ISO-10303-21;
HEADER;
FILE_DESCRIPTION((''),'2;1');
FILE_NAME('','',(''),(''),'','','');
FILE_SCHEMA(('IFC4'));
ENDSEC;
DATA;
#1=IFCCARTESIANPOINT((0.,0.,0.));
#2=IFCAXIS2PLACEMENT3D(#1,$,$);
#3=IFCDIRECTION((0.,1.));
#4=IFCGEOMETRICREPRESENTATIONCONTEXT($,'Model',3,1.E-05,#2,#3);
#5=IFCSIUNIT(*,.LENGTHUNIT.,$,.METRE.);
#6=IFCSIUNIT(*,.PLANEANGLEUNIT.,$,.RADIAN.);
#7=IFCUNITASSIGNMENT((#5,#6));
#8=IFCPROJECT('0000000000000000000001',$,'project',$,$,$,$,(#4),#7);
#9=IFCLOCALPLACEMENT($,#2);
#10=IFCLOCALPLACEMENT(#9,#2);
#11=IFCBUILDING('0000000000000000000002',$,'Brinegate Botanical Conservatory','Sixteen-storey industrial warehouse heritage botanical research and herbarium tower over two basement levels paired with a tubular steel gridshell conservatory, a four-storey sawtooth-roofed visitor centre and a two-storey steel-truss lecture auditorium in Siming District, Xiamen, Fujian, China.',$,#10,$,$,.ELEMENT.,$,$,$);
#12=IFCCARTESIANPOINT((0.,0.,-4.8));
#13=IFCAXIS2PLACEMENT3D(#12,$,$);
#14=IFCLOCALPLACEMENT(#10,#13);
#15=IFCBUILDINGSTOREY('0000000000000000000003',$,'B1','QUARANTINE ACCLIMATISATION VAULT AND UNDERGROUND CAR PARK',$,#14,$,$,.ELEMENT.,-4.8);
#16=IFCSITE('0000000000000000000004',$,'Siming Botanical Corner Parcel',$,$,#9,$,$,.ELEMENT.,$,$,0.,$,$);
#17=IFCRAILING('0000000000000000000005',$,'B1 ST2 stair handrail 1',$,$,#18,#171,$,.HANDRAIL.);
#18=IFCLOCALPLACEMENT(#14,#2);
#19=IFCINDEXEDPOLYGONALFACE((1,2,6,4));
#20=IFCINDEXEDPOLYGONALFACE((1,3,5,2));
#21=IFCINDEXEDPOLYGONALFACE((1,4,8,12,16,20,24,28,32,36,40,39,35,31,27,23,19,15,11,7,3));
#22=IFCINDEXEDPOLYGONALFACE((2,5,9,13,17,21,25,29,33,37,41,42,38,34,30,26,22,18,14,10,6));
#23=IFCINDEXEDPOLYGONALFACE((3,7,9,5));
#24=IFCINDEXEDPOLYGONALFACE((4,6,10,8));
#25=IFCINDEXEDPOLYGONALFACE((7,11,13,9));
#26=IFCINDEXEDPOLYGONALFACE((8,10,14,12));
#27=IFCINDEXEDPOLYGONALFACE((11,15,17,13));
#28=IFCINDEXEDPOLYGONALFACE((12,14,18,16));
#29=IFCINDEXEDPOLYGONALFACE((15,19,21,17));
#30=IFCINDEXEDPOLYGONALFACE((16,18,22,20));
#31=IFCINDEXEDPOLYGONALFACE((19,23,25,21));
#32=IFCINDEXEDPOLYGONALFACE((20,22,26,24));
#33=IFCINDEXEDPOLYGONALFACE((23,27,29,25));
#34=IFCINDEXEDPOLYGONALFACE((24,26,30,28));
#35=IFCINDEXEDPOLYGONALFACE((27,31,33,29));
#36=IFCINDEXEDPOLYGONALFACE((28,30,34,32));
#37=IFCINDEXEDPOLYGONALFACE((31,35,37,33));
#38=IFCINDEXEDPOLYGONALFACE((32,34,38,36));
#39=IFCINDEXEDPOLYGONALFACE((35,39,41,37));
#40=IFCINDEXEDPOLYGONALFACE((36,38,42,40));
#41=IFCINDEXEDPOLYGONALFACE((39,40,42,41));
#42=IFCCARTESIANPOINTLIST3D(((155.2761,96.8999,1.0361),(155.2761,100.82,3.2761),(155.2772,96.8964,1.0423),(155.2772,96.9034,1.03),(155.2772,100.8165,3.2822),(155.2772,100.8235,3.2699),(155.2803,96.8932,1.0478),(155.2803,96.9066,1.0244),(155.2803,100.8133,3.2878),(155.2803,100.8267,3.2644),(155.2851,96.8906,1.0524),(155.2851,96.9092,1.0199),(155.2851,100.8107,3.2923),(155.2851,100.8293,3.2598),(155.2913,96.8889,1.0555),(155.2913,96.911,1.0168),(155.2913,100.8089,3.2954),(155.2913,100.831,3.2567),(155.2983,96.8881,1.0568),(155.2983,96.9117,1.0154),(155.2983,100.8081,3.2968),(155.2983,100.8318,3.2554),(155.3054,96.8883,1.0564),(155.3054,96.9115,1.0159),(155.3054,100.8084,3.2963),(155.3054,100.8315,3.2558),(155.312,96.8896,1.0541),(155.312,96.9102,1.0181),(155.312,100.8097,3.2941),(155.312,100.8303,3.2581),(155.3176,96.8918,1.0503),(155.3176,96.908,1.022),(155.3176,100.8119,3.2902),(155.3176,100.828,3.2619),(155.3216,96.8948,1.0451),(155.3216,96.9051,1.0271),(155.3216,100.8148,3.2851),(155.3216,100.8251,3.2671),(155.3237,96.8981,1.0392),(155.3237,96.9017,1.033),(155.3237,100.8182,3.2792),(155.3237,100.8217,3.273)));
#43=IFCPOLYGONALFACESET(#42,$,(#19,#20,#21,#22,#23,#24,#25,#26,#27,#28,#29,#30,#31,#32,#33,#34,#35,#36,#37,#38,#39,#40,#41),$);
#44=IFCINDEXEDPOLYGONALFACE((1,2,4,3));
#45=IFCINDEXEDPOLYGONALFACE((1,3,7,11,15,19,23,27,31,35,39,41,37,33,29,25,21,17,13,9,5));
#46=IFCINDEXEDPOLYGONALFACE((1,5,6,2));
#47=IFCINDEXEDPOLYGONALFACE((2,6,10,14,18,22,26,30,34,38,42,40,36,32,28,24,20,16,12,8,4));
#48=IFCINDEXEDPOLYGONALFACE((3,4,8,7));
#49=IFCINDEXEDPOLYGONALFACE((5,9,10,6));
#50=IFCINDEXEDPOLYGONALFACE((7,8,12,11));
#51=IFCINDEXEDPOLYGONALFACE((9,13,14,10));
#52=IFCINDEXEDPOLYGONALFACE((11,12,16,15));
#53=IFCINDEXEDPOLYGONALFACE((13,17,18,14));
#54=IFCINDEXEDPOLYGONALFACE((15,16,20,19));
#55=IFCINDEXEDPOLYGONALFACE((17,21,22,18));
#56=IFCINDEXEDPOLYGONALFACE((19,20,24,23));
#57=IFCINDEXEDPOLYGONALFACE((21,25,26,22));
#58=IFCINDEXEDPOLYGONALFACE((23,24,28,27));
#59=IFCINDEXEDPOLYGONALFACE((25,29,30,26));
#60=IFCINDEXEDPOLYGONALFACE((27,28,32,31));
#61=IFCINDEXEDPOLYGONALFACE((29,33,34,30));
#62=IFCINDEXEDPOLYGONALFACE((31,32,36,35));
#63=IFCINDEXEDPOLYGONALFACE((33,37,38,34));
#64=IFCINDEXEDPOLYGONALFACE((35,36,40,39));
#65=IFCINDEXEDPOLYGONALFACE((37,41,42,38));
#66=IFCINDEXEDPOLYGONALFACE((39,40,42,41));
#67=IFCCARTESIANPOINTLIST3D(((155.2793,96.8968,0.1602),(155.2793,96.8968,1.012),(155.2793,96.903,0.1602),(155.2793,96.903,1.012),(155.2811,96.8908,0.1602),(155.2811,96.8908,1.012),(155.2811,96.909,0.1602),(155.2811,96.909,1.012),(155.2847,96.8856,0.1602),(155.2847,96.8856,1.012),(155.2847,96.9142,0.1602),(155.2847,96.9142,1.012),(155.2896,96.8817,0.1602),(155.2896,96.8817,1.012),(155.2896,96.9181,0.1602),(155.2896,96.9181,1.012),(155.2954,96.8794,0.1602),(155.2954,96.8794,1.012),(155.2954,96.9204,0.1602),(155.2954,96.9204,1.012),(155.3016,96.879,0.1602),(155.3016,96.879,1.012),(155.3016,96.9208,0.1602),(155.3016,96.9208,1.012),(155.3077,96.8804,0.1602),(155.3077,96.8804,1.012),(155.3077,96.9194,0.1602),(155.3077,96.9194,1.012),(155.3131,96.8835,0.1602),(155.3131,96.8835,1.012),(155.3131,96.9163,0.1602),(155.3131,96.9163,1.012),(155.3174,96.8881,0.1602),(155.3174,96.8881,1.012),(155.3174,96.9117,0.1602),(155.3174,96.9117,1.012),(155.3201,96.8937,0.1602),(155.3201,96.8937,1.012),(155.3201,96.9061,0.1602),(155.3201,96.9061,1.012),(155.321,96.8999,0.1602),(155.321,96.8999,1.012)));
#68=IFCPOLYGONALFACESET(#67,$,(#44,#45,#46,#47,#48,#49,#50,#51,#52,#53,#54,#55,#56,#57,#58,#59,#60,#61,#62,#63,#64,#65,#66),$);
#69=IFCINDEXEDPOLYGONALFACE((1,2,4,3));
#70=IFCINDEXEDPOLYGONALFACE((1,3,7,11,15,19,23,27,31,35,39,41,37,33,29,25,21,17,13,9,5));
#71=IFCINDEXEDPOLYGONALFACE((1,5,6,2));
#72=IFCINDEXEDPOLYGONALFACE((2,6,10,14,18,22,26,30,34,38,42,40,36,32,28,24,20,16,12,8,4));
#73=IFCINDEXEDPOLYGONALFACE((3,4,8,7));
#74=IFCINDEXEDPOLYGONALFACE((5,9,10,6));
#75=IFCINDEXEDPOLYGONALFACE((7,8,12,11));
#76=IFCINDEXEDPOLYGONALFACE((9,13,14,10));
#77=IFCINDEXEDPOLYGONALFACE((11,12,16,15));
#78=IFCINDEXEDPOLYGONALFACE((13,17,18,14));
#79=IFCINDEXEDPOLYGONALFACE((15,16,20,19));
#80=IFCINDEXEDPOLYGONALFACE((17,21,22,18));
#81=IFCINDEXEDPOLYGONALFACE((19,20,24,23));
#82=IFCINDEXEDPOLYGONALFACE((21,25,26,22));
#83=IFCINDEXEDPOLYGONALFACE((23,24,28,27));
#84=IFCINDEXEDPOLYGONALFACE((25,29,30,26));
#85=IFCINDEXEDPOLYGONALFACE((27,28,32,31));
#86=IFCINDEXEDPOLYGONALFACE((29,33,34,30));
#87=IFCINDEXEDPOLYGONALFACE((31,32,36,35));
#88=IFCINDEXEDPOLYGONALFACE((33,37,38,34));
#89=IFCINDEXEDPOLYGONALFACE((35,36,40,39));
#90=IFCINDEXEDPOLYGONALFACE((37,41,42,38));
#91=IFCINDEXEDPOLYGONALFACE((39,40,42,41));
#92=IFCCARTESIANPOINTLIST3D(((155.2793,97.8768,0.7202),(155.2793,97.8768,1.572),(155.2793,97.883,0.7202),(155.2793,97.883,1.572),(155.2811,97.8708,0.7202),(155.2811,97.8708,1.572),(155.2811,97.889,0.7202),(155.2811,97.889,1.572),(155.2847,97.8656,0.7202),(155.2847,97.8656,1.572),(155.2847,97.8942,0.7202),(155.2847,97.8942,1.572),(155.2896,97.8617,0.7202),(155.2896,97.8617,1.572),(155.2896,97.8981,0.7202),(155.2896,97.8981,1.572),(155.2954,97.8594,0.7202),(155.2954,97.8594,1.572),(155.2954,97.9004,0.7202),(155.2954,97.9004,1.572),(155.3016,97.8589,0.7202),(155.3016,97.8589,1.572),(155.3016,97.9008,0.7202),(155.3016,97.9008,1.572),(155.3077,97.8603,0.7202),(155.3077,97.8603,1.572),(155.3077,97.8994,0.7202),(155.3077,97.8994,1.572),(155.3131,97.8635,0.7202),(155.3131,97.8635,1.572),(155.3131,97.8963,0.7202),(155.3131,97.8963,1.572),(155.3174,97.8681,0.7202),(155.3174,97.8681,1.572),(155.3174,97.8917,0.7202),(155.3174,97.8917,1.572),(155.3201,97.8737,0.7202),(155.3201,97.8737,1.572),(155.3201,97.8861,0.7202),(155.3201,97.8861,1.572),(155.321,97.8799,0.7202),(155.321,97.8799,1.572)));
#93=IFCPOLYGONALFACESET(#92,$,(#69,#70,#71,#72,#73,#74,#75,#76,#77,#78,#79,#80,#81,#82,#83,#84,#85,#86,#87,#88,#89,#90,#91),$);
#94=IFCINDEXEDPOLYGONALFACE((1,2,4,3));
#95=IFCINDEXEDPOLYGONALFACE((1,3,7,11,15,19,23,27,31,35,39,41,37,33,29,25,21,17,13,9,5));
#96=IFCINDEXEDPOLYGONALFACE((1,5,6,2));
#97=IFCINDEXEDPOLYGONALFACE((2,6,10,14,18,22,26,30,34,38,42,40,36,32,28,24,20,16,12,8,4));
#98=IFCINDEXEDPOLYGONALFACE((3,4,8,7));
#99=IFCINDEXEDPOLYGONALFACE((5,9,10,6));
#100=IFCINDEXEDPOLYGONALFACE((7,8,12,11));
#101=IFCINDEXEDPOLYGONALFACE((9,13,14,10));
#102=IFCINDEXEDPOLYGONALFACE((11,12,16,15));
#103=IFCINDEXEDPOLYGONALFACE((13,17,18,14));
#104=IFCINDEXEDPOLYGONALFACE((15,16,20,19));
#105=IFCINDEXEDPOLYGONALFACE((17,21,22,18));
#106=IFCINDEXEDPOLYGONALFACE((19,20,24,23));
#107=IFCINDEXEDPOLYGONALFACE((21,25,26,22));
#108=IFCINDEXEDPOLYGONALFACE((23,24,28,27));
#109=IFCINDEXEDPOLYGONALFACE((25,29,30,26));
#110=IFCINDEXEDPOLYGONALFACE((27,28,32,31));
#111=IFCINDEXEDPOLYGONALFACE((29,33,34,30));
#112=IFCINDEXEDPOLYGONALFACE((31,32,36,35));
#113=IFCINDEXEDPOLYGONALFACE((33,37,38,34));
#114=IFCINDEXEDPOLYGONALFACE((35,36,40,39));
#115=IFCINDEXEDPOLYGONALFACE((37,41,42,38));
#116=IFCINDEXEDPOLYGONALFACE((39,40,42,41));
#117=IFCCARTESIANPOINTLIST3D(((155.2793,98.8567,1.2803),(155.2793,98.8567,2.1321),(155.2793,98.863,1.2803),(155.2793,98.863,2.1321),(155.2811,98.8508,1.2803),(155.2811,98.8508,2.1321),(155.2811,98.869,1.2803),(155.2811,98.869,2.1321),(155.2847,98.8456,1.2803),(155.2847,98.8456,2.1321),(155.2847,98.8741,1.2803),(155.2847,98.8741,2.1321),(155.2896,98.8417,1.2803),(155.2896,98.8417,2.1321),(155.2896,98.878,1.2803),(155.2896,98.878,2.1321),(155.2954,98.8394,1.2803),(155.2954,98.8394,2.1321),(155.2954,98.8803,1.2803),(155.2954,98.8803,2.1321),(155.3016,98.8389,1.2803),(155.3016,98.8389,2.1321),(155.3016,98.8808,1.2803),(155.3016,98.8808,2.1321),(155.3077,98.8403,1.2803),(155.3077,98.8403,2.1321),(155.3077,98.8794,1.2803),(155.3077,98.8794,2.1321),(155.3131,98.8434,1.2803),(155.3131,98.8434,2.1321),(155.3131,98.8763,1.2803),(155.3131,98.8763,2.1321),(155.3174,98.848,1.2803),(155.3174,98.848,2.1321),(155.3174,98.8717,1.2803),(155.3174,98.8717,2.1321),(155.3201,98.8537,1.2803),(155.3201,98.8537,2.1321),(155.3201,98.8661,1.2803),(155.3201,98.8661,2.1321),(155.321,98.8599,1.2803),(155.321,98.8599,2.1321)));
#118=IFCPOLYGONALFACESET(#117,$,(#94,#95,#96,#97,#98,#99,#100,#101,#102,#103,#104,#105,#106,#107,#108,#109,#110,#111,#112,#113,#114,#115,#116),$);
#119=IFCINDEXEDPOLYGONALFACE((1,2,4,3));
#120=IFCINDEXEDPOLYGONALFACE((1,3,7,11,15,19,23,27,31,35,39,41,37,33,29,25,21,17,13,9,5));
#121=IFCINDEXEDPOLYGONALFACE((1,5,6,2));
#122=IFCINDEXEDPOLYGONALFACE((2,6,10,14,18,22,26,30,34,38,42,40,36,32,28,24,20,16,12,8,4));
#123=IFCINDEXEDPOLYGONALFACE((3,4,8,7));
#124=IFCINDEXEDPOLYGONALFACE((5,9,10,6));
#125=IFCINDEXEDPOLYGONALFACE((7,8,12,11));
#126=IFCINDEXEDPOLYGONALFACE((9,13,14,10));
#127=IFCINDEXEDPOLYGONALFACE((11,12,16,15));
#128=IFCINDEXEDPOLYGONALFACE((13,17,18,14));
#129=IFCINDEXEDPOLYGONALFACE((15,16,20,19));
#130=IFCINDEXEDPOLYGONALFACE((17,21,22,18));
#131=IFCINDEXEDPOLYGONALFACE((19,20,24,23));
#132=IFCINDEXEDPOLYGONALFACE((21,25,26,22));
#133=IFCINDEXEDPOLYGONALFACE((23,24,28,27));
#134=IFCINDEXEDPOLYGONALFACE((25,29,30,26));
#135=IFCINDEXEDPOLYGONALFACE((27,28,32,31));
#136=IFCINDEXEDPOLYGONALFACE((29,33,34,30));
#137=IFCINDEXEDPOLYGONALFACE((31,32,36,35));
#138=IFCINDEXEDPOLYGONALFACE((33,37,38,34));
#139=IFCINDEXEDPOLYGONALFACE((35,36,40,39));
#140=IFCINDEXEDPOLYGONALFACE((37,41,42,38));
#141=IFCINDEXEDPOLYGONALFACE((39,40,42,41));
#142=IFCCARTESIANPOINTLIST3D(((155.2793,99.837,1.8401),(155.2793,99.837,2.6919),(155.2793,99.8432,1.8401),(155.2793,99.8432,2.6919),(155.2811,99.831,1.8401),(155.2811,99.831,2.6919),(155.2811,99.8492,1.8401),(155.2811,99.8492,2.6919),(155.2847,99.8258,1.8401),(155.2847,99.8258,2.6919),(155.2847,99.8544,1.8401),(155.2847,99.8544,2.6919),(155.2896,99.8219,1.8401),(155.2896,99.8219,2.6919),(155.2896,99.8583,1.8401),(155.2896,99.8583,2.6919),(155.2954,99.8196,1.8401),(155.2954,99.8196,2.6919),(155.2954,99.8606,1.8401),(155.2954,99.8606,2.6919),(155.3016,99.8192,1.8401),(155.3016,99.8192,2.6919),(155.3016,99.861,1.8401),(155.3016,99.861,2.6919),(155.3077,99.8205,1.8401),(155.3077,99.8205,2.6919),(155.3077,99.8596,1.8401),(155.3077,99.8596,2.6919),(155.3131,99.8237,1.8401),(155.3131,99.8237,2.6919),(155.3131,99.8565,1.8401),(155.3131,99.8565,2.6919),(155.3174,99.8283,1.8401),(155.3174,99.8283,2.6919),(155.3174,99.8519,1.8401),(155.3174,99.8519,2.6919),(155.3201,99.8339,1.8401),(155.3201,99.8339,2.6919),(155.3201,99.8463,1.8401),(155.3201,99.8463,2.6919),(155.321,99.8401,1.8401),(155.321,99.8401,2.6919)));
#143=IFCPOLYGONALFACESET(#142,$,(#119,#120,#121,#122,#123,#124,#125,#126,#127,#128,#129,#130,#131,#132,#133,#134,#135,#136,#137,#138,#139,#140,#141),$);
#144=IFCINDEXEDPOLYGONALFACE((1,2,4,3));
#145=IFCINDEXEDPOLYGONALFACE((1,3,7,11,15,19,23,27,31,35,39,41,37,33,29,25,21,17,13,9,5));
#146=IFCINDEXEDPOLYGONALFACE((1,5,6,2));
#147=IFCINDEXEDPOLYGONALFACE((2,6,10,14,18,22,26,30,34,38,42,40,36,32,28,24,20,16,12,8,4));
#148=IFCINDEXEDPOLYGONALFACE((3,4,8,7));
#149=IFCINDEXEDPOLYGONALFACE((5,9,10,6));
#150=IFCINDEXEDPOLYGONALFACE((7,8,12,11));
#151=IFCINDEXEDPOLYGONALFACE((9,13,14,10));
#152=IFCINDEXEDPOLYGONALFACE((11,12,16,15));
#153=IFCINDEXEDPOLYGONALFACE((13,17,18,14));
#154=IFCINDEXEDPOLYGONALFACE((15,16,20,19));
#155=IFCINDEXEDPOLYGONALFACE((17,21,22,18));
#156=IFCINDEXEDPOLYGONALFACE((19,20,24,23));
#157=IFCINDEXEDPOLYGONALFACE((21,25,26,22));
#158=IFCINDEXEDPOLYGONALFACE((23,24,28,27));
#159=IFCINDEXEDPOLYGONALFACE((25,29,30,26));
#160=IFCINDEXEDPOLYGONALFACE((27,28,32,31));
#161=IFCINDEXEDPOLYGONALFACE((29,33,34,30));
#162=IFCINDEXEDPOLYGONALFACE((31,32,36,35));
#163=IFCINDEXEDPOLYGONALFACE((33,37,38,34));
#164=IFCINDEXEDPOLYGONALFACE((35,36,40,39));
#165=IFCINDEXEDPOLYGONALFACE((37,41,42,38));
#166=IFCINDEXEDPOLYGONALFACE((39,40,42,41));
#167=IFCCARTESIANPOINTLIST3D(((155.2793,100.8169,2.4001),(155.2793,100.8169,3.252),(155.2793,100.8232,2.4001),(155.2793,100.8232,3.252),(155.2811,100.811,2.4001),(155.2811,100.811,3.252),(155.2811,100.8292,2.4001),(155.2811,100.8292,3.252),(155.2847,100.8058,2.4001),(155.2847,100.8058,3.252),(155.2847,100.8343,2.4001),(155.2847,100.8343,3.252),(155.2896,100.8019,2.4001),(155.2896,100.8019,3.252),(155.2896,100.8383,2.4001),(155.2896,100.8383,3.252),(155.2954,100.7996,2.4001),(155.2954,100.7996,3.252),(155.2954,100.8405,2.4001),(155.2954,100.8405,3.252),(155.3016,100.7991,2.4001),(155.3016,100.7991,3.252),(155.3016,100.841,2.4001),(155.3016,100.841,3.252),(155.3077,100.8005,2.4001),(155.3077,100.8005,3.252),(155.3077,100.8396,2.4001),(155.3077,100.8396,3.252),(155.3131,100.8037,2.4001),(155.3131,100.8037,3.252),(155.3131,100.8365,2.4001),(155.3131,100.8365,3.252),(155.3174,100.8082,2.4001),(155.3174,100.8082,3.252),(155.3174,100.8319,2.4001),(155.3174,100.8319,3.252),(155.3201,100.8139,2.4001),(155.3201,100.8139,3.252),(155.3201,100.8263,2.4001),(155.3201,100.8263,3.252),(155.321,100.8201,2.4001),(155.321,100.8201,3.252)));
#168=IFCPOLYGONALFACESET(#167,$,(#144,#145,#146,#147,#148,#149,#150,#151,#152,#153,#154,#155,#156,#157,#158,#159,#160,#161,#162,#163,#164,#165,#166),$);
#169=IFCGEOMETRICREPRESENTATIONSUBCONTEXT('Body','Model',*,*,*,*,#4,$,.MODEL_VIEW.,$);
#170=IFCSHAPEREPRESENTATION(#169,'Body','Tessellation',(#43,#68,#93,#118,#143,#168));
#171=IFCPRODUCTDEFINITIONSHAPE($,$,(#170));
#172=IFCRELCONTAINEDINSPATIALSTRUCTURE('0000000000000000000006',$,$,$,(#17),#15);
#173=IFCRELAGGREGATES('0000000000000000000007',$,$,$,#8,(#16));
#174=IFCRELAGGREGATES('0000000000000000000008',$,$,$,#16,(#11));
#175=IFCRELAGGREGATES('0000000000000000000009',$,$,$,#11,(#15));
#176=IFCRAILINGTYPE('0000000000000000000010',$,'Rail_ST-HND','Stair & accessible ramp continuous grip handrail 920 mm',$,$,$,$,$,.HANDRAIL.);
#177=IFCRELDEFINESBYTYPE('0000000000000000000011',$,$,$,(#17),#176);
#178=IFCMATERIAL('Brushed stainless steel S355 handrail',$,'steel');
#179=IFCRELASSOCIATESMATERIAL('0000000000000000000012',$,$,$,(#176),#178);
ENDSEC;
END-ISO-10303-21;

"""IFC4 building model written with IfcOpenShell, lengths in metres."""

from ifc_helpers import new_model, si_unit, direction, frame, origin, origin_2d, place, context, subcontext, project, spatial, circle, extrude, material, type_object, element, save


model = new_model("IFC4")

# Units and contexts
model_context = context("Model", 3, precision=1e-05, world=origin(), true_north=direction((0.0, 1.0)))
body_context = subcontext(model_context, "Body", "Model", "MODEL_VIEW")
ifc_project = project(units=[si_unit("LENGTHUNIT", "METRE"), si_unit("PLANEANGLEUNIT", "RADIAN")], contexts=[model_context])

# Site, building, storey
site_placement = place(None, origin())
site = spatial("IfcSite", under=ifc_project, at=site_placement, Name="Siming Botanical Corner Parcel", CompositionType="ELEMENT", RefElevation=0.0)
building_placement = place(site_placement, origin())
building = spatial("IfcBuilding", under=site, at=building_placement, Name="Brinegate Botanical Conservatory", Description="Sixteen-storey industrial warehouse heritage botanical research and herbarium tower over two basement levels paired with a tubular steel gridshell conservatory, a four-storey sawtooth-roofed visitor centre and a two-storey steel-truss lecture auditorium in Siming District, Xiamen, Fujian, China.", CompositionType="ELEMENT")
storey_placement = place(building_placement, frame((0.0, 0.0, -4.8)))
storey = spatial("IfcBuildingStorey", under=building, at=storey_placement, Name="B1", Description="QUARANTINE ACCLIMATISATION VAULT AND UNDERGROUND CAR PARK", CompositionType="ELEMENT", Elevation=-4.8)

# Railing
ifc_material_1 = material(Name="Brushed stainless steel S355 handrail", Category="steel")
railing_type_1 = type_object("IfcRailingType", Name="Rail_ST-HND", Description="Stair & accessible ramp continuous grip handrail 920 mm", PredefinedType="HANDRAIL", material=ifc_material_1)
railing_1_placement = place(storey_placement, frame((155.3, 96.8999, 0.1602)))
element("IfcRailing", 1, at=railing_1_placement, inside=storey, type_object=railing_type_1, Name="B1 ST2 stair handrail 1", PredefinedType="HANDRAIL", context=body_context, shape_type="SweptSolid", body=[
    extrude(circle(Radius=0.0239, at=origin_2d()), frame((0.0, 0.0, 0.876), z_axis=(0.0, 0.868253, 0.496121), x_axis=(-1.0, 0.0, 0.0)), (0.0, 0.0, 1.0), 4.5149),
    extrude(circle(Radius=0.021, at=origin_2d()), origin(), (0.0, 0.0, 1.0), 0.8518),
    extrude(circle(Radius=0.021, at=origin_2d()), frame((0.0, 0.98, 0.5601)), (0.0, 0.0, 1.0), 0.8518),
    extrude(circle(Radius=0.021, at=origin_2d()), frame((0.0, 1.96, 1.1201)), (0.0, 0.0, 1.0), 0.8518),
    extrude(circle(Radius=0.021, at=origin_2d()), frame((0.0, 2.9402, 1.6799)), (0.0, 0.0, 1.0), 0.8518),
    extrude(circle(Radius=0.021, at=origin_2d()), frame((0.0, 3.9202, 2.24)), (0.0, 0.0, 1.0), 0.8518),
])

save(model, "model.ifc")
